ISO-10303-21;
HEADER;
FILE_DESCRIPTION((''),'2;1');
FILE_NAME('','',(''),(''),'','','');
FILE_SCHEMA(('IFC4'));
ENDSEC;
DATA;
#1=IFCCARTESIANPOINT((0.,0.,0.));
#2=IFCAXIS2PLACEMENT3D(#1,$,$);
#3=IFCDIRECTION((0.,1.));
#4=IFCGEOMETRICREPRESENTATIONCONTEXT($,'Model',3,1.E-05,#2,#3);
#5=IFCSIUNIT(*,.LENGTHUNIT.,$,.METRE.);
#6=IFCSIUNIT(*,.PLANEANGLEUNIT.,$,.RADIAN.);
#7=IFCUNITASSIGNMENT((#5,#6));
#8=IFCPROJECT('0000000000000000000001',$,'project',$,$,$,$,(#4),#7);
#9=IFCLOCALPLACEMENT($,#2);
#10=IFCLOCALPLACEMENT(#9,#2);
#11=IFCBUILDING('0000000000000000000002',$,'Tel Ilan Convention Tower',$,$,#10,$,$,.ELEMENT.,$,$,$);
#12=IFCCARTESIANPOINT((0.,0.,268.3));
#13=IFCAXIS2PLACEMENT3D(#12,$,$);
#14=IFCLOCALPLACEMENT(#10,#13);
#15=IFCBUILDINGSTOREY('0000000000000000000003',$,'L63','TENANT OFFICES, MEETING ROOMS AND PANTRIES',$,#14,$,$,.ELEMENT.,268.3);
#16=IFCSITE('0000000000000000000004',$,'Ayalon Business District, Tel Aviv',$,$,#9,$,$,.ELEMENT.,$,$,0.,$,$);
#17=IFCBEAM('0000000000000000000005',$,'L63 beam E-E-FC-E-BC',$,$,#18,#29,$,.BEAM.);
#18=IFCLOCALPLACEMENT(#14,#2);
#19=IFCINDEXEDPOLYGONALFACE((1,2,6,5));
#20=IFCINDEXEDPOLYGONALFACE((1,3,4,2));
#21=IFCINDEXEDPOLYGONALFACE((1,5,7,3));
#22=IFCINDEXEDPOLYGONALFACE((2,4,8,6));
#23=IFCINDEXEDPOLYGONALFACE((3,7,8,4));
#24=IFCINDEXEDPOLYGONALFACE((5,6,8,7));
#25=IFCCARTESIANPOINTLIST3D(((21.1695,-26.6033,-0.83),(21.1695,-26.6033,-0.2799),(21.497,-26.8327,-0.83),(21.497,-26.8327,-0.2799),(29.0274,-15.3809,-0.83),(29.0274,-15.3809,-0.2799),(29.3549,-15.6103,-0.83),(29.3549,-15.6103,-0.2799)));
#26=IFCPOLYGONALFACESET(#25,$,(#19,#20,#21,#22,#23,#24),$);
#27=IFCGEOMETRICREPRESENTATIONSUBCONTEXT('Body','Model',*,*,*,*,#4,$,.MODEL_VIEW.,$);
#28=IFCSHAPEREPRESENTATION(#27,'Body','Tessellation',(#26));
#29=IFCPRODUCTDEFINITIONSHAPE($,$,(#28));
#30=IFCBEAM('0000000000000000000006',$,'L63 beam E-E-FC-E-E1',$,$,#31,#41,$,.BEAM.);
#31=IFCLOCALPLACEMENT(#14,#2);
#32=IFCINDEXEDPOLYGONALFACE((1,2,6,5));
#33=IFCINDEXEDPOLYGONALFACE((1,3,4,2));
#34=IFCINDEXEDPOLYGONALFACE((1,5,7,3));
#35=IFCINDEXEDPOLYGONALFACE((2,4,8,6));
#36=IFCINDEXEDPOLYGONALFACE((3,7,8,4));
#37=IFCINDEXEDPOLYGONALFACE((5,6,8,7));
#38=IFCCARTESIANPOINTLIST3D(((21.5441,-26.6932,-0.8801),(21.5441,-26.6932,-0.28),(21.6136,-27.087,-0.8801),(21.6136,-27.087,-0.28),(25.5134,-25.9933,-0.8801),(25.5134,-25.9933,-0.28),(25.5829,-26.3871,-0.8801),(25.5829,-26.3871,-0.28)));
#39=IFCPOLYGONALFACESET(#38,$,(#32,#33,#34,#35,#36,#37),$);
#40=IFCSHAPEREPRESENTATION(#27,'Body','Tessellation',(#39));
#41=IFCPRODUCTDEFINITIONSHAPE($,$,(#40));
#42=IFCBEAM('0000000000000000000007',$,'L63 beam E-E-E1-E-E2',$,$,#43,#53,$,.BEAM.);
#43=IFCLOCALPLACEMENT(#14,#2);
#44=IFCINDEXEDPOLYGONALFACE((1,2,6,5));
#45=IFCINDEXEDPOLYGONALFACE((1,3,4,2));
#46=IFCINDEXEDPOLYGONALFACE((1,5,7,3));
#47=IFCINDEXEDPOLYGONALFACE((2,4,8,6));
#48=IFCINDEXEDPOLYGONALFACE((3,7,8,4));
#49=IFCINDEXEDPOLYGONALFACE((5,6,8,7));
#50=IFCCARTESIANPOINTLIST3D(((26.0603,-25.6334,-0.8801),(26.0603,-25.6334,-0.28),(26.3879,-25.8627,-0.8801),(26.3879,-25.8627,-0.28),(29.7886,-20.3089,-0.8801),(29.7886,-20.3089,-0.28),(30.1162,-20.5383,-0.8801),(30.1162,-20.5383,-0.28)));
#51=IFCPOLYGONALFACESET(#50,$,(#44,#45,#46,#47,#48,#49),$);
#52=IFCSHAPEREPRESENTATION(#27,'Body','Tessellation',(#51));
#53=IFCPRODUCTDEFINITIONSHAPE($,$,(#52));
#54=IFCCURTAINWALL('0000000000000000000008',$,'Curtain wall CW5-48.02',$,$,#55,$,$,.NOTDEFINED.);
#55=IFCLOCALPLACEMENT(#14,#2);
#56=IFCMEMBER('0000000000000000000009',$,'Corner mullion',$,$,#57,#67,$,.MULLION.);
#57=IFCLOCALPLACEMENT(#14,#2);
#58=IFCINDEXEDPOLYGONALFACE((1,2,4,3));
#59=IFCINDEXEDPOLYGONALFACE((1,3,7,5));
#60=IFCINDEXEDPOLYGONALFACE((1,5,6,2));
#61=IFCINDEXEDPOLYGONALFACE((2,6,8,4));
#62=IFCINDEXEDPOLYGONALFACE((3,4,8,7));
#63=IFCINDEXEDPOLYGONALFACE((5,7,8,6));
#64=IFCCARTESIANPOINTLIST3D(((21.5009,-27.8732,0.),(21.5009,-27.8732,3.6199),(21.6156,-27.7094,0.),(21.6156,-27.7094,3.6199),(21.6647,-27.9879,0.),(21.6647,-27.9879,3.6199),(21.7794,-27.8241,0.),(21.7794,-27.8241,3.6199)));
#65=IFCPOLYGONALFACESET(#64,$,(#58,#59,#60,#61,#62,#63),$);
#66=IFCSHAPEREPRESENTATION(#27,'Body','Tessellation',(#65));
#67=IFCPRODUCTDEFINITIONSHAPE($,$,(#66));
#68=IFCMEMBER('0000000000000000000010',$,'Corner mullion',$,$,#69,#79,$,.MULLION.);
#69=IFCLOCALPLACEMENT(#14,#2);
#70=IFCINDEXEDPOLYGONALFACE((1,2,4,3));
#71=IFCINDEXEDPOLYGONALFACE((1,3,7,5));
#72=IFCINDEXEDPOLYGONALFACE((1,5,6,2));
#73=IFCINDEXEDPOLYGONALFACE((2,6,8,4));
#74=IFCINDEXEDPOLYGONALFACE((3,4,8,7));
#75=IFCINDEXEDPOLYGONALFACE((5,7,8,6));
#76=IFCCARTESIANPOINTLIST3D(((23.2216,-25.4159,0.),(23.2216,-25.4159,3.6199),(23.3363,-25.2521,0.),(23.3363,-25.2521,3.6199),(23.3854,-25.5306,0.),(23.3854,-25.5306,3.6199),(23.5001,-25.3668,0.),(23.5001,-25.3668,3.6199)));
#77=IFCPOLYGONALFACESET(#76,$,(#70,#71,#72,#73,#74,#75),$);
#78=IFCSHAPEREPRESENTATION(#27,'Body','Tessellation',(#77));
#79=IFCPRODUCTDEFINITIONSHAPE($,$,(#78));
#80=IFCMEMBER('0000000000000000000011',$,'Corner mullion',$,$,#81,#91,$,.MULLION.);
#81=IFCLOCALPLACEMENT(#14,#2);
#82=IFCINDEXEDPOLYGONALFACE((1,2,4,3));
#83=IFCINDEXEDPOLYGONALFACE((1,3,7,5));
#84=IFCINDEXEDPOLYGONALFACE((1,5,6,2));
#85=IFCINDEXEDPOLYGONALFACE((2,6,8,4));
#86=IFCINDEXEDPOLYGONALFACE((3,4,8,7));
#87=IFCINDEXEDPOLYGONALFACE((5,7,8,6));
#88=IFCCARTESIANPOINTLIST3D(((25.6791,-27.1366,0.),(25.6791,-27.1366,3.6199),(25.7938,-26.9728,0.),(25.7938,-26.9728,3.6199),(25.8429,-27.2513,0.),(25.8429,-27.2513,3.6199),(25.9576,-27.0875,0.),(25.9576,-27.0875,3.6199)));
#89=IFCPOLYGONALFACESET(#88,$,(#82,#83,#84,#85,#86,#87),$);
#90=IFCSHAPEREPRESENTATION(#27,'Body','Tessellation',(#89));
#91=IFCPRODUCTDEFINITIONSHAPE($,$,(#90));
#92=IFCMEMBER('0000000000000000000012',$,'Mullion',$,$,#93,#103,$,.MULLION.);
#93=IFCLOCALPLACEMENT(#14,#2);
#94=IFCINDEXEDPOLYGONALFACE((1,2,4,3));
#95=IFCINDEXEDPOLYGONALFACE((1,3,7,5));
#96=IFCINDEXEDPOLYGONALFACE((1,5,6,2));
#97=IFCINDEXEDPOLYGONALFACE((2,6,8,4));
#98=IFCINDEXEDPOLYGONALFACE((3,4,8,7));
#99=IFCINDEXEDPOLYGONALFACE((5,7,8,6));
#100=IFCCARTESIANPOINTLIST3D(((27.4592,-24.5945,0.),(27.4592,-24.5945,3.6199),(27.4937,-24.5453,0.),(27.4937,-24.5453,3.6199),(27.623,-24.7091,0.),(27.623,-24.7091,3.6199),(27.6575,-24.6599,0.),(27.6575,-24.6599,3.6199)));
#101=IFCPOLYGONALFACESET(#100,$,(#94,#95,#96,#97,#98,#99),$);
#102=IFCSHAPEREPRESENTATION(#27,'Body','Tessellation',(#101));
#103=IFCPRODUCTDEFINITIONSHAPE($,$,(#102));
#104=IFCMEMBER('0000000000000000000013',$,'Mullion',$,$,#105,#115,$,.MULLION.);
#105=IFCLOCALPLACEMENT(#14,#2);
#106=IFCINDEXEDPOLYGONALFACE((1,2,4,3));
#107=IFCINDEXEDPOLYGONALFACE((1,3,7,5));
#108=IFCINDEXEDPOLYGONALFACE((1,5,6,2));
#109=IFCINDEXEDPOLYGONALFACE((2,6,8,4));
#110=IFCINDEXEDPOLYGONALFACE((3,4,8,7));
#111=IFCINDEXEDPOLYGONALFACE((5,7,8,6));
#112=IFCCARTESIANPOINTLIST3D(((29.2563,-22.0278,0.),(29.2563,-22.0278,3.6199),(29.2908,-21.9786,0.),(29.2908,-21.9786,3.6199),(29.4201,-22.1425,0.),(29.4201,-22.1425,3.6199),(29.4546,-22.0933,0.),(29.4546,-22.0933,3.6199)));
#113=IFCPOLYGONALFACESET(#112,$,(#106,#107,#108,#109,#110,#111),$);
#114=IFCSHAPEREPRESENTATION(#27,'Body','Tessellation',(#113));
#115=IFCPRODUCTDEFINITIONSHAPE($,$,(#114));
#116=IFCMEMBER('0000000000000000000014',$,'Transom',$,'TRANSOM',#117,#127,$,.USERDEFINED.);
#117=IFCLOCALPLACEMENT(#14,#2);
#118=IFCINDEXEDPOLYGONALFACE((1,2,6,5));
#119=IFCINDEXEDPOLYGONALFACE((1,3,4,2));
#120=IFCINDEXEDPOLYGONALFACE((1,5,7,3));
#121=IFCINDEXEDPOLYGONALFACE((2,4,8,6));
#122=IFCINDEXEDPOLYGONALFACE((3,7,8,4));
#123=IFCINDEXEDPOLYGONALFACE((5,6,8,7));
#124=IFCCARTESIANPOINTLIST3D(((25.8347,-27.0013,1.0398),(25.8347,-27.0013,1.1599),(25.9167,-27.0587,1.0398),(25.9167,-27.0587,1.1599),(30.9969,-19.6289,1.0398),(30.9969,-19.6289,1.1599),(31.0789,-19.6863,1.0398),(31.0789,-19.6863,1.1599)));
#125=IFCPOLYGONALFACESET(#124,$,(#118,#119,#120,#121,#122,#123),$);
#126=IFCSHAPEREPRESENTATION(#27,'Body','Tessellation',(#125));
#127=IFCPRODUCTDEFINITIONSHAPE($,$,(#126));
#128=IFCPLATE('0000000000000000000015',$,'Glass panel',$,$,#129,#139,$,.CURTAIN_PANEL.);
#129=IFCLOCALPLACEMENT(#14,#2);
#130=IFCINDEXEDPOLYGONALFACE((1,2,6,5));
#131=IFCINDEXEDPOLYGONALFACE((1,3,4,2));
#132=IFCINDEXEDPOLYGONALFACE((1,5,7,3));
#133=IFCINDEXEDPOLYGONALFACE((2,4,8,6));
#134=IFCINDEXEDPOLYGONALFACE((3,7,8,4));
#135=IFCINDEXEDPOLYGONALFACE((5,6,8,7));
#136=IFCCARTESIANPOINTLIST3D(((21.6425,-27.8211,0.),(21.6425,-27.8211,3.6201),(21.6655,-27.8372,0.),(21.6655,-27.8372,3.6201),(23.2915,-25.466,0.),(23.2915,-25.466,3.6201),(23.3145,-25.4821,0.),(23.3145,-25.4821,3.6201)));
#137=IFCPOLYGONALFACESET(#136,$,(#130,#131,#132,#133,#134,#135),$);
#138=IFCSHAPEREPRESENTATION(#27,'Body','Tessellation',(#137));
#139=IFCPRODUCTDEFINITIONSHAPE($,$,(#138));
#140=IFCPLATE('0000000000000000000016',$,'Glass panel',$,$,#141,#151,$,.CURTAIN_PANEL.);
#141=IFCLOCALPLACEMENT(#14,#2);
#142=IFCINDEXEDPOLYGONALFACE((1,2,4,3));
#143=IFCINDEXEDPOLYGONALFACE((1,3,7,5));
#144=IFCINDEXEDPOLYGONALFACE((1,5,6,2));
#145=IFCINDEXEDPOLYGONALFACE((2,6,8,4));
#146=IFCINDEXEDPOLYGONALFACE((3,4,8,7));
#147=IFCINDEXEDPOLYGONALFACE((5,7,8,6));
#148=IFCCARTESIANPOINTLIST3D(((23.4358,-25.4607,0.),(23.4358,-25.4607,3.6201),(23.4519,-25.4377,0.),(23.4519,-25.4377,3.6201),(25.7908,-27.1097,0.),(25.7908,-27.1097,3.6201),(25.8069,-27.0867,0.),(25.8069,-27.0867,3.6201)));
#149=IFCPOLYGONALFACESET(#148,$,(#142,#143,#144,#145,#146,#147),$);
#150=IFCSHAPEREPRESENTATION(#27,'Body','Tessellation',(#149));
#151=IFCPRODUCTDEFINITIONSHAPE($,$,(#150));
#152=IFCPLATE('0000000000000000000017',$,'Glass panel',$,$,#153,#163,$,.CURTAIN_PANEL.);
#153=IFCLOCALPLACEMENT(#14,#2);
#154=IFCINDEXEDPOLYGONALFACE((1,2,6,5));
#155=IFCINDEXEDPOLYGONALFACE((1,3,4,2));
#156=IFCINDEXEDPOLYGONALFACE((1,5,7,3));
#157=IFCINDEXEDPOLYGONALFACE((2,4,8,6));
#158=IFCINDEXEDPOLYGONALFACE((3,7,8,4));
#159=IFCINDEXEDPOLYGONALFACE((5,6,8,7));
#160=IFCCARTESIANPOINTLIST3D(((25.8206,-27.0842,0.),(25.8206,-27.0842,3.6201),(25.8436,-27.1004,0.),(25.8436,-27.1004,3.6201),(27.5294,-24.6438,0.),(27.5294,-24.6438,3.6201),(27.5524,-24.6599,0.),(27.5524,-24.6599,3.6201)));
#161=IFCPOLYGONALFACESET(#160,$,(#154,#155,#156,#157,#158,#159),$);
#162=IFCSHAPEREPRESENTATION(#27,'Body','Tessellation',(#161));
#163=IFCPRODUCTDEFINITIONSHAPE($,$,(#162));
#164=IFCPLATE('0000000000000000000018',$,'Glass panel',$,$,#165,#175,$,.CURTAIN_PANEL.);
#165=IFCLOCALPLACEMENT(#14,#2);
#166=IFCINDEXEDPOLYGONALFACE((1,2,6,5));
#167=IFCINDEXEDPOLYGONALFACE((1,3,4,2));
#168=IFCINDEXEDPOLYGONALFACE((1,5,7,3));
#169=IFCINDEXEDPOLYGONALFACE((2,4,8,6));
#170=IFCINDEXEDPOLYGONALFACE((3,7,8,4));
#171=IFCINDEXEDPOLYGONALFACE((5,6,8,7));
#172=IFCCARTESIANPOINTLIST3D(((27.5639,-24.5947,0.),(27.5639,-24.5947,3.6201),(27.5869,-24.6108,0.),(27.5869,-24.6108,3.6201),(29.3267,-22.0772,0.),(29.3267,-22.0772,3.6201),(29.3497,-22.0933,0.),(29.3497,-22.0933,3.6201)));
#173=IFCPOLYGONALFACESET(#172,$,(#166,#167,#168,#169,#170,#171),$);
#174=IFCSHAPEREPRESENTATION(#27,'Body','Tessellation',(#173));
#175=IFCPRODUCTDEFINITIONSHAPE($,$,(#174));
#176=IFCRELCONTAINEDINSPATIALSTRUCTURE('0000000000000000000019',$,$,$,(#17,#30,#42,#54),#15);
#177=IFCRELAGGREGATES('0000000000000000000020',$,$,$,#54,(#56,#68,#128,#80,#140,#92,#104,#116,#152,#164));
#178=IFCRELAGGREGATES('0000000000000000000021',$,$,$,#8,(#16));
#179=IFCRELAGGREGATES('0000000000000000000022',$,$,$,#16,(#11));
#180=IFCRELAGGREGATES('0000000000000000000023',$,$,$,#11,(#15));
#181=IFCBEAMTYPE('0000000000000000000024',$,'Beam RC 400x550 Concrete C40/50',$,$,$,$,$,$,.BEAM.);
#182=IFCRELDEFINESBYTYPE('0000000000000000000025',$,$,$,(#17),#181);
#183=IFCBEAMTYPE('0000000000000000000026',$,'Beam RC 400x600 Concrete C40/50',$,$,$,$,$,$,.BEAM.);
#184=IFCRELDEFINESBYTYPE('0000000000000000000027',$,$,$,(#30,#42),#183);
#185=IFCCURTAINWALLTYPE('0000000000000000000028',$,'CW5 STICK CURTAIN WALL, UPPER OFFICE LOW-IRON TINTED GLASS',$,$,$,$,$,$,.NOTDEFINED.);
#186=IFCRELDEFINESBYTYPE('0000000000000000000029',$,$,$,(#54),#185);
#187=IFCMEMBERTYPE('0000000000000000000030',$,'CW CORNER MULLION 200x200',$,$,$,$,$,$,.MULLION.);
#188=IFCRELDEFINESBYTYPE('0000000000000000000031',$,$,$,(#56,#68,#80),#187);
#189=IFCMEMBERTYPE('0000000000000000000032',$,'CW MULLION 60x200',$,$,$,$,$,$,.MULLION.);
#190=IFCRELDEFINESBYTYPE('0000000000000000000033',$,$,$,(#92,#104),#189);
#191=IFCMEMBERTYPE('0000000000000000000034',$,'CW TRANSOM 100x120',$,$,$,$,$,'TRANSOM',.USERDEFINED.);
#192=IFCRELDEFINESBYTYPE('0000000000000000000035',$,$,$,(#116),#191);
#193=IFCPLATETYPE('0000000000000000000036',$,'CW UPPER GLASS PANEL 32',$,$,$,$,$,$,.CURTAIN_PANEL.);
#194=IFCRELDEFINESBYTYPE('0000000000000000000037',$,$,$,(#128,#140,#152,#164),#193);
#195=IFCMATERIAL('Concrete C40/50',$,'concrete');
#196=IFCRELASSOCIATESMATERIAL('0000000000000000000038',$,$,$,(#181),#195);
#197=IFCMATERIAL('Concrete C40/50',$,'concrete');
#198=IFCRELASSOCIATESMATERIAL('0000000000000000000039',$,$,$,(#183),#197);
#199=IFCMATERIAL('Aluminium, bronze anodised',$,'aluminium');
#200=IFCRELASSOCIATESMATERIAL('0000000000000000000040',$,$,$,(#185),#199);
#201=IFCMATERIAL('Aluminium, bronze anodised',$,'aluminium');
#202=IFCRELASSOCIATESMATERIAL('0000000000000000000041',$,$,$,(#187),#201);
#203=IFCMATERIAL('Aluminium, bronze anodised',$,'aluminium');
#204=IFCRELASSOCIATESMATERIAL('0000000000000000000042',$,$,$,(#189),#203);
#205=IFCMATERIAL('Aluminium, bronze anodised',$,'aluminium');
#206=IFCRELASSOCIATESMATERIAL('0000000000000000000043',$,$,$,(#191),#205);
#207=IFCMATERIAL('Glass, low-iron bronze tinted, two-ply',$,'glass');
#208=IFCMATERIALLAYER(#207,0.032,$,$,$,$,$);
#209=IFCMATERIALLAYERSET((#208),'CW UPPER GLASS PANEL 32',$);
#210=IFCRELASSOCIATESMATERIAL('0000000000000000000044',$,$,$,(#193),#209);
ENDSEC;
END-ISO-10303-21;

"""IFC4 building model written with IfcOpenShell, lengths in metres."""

from ifc_helpers import new_model, si_unit, direction, frame, origin, origin_2d, place, context, subcontext, project, spatial, rectangle, extrude, material, layer, layer_set, material_profile, profile_set, type_object, element, aggregate, save


model = new_model("IFC4")

# Units and contexts
model_context = context("Model", 3, precision=1e-05, world=origin(), true_north=direction((0.0, 1.0)))
body_context = subcontext(model_context, "Body", "Model", "MODEL_VIEW")
ifc_project = project(units=[si_unit("LENGTHUNIT", "METRE"), si_unit("PLANEANGLEUNIT", "RADIAN")], contexts=[model_context])

# Site, building, storey
site_placement = place(None, origin())
site = spatial("IfcSite", under=ifc_project, at=site_placement, Name="Ayalon Business District, Tel Aviv", CompositionType="ELEMENT", RefElevation=0.0)
building_placement = place(site_placement, origin())
building = spatial("IfcBuilding", under=site, at=building_placement, Name="Tel Ilan Convention Tower", CompositionType="ELEMENT")
storey_placement = place(building_placement, frame((0.0, 0.0, 268.3)))
storey = spatial("IfcBuildingStorey", under=building, at=storey_placement, Name="L63", Description="TENANT OFFICES, MEETING ROOMS AND PANTRIES", CompositionType="ELEMENT", Elevation=268.3)

# Beams
ifc_material_1 = material(Name="Concrete C40/50", Category="concrete")
ifc_material_profile_1 = material_profile(ifc_material_1, rectangle(XDim=0.3999, YDim=0.55, at=origin_2d()), Name="RC 400x550")
ifc_profile_set_1 = profile_set([ifc_material_profile_1], Name="Concrete C40/50")
beam_type_1 = type_object("IfcBeamType", Name="Beam RC 400x550 Concrete C40/50", PredefinedType="BEAM", material=ifc_profile_set_1)
beam_1_placement = place(storey_placement, frame((21.3333, -26.718, -0.5549), z_axis=(0.573571, 0.819156, 0.0), x_axis=(-0.819156, 0.573571, 0.0)))
element("IfcBeam", 1, at=beam_1_placement, inside=storey, type_object=beam_type_1, Name="L63 beam E-E-FC-E-BC", PredefinedType="BEAM", context=body_context, shape_type="SweptSolid", body=[
    extrude(rectangle(XDim=0.3999, YDim=0.55, at=origin_2d()), origin(), (0.0, 0.0, 1.0), 13.7),
])
ifc_material_2 = material(Name="Concrete C40/50", Category="concrete")
ifc_material_profile_2 = material_profile(ifc_material_2, rectangle(XDim=0.3999, YDim=0.6001, at=origin_2d()), Name="RC 400x600")
ifc_profile_set_2 = profile_set([ifc_material_profile_2], Name="Concrete C40/50")
beam_type_2 = type_object("IfcBeamType", Name="Beam RC 400x600 Concrete C40/50", PredefinedType="BEAM", material=ifc_profile_set_2)
beam_2_placement = place(storey_placement, frame((21.5789, -26.8901, -0.5801), z_axis=(0.984805, 0.173664, 0.0), x_axis=(-0.173664, 0.984805, 0.0)))
element("IfcBeam", 2, at=beam_2_placement, inside=storey, type_object=beam_type_2, Name="L63 beam E-E-FC-E-E1", PredefinedType="BEAM", context=body_context, shape_type="SweptSolid", body=[
    extrude(rectangle(XDim=0.3999, YDim=0.6001, at=origin_2d()), origin(), (0.0, 0.0, 1.0), 4.0305),
])
beam_3_placement = place(storey_placement, frame((26.2241, -25.748, -0.5801), z_axis=(0.573581, 0.819149, 0.0), x_axis=(-0.819149, 0.573581, 0.0)))
element("IfcBeam", 3, at=beam_3_placement, inside=storey, type_object=beam_type_2, Name="L63 beam E-E-E1-E-E2", PredefinedType="BEAM", context=body_context, shape_type="SweptSolid", body=[
    extrude(rectangle(XDim=0.3999, YDim=0.6001, at=origin_2d()), origin(), (0.0, 0.0, 1.0), 6.5),
])

# Curtain wall, members, plates
ifc_material_3 = material(Name="Aluminium, bronze anodised", Category="aluminium")
curtain_wall_type = type_object("IfcCurtainWallType", Name="CW5 STICK CURTAIN WALL, UPPER OFFICE LOW-IRON TINTED GLASS", PredefinedType="NOTDEFINED", material=ifc_material_3)
curtain_wall_placement = place(storey_placement, origin())
curtain_wall = element("IfcCurtainWall", 4, at=curtain_wall_placement, inside=storey, type_object=curtain_wall_type, Name="Curtain wall CW5-48.02", PredefinedType="NOTDEFINED")
ifc_material_4 = material(Name="Aluminium, bronze anodised", Category="aluminium")
ifc_material_profile_3 = material_profile(ifc_material_4, rectangle(XDim=0.2, YDim=0.2, at=origin_2d()), Name="CW CORNER MULLION 200x200")
ifc_profile_set_3 = profile_set([ifc_material_profile_3], Name="Aluminium, bronze anodised")
member_type_1 = type_object("IfcMemberType", Name="CW CORNER MULLION 200x200", PredefinedType="MULLION", material=ifc_profile_set_3)
member_1_placement = place(storey_placement, frame((21.6401, -27.8486, 0.0), z_axis=(0.0, 0.0, 1.0), x_axis=(0.819152, -0.573576, 0.0)))
member_1 = element("IfcMember", 5, at=member_1_placement, type_object=member_type_1, Name="Corner mullion", PredefinedType="MULLION", context=body_context, shape_type="SweptSolid", body=[
    extrude(rectangle(XDim=0.2, YDim=0.2, at=origin_2d()), origin(), (0.0, 0.0, 1.0), 3.6199),
])
member_2_placement = place(storey_placement, frame((23.3608, -25.3914, 0.0), z_axis=(0.0, 0.0, 1.0), x_axis=(0.573576, 0.819152, 0.0)))
member_2 = element("IfcMember", 6, at=member_2_placement, type_object=member_type_1, Name="Corner mullion", PredefinedType="MULLION", context=body_context, shape_type="SweptSolid", body=[
    extrude(rectangle(XDim=0.2, YDim=0.2, at=origin_2d()), origin(), (0.0, 0.0, 1.0), 3.6199),
])
member_3_placement = place(storey_placement, frame((25.8184, -27.1121, 0.0), z_axis=(0.0, 0.0, 1.0), x_axis=(0.819152, -0.573576, 0.0)))
member_3 = element("IfcMember", 7, at=member_3_placement, type_object=member_type_1, Name="Corner mullion", PredefinedType="MULLION", context=body_context, shape_type="SweptSolid", body=[
    extrude(rectangle(XDim=0.2, YDim=0.2, at=origin_2d()), origin(), (0.0, 0.0, 1.0), 3.6199),
])
ifc_material_5 = material(Name="Aluminium, bronze anodised", Category="aluminium")
ifc_material_profile_4 = material_profile(ifc_material_5, rectangle(XDim=0.0601, YDim=0.2, at=origin_2d()), Name="CW MULLION 60x200")
ifc_profile_set_4 = profile_set([ifc_material_profile_4], Name="Aluminium, bronze anodised")
member_type_2 = type_object("IfcMemberType", Name="CW MULLION 60x200", PredefinedType="MULLION", material=ifc_profile_set_4)
member_4_placement = place(storey_placement, frame((27.5583, -24.6272, 0.0), z_axis=(0.0, 0.0, 1.0), x_axis=(0.573576, 0.819152, 0.0)))
member_4 = element("IfcMember", 8, at=member_4_placement, type_object=member_type_2, Name="Mullion", PredefinedType="MULLION", context=body_context, shape_type="SweptSolid", body=[
    extrude(rectangle(XDim=0.0601, YDim=0.2, at=origin_2d()), origin(), (0.0, 0.0, 1.0), 3.6199),
])
member_5_placement = place(storey_placement, frame((29.3555, -22.0605, 0.0), z_axis=(0.0, 0.0, 1.0), x_axis=(0.573576, 0.819152, 0.0)))
member_5 = element("IfcMember", 9, at=member_5_placement, type_object=member_type_2, Name="Mullion", PredefinedType="MULLION", context=body_context, shape_type="SweptSolid", body=[
    extrude(rectangle(XDim=0.0601, YDim=0.2, at=origin_2d()), origin(), (0.0, 0.0, 1.0), 3.6199),
])
ifc_material_6 = material(Name="Aluminium, bronze anodised", Category="aluminium")
ifc_material_profile_5 = material_profile(ifc_material_6, rectangle(XDim=0.1001, YDim=0.1201, at=origin_2d()), Name="CW TRANSOM 100x120")
ifc_profile_set_5 = profile_set([ifc_material_profile_5], Name="Aluminium, bronze anodised")
member_type_3 = type_object("IfcMemberType", Name="CW TRANSOM 100x120", ElementType="TRANSOM", PredefinedType="USERDEFINED", material=ifc_profile_set_5)
member_6_placement = place(storey_placement, frame((25.8757, -27.03, 1.0999), z_axis=(0.573573, 0.819154, 0.0), x_axis=(-0.819154, 0.573573, 0.0)))
member_6 = element("IfcMember", 10, at=member_6_placement, type_object=member_type_3, Name="Transom", ObjectType="TRANSOM", PredefinedType="USERDEFINED", context=body_context, shape_type="SweptSolid", body=[
    extrude(rectangle(XDim=0.1001, YDim=0.1201, at=origin_2d()), origin(), (0.0, 0.0, 1.0), 9.0),
])
ifc_material_7 = material(Name="Glass, low-iron bronze tinted, two-ply", Category="glass")
ifc_layer_1 = layer(ifc_material_7, 0.032)
ifc_layer_set_1 = layer_set([ifc_layer_1], Name="CW UPPER GLASS PANEL 32")
plate_type = type_object("IfcPlateType", Name="CW UPPER GLASS PANEL 32", PredefinedType="CURTAIN_PANEL", material=ifc_layer_set_1)
plate_1_placement = place(storey_placement, frame((22.4785, -26.6516, 0.0), z_axis=(0.0, 0.0, 1.0), x_axis=(0.573576, 0.819152, 0.0)))
plate_1 = element("IfcPlate", 11, at=plate_1_placement, type_object=plate_type, Name="Glass panel", PredefinedType="CURTAIN_PANEL", context=body_context, shape_type="SweptSolid", body=[
    extrude(rectangle(XDim=2.875, YDim=0.0281, at=origin_2d()), origin(), (0.0, 0.0, 1.0), 3.6201),
])
plate_2_placement = place(storey_placement, frame((24.6213, -26.2737, 0.0), z_axis=(0.0, 0.0, 1.0), x_axis=(0.819152, -0.573576, 0.0)))
plate_2 = element("IfcPlate", 12, at=plate_2_placement, type_object=plate_type, Name="Glass panel", PredefinedType="CURTAIN_PANEL", context=body_context, shape_type="SweptSolid", body=[
    extrude(rectangle(XDim=2.875, YDim=0.0281, at=origin_2d()), origin(), (0.0, 0.0, 1.0), 3.6201),
])
plate_3_placement = place(storey_placement, frame((26.6865, -25.8721, 0.0), z_axis=(0.0, 0.0, 1.0), x_axis=(0.573576, 0.819152, 0.0)))
plate_3 = element("IfcPlate", 13, at=plate_3_placement, type_object=plate_type, Name="Glass panel", PredefinedType="CURTAIN_PANEL", context=body_context, shape_type="SweptSolid", body=[
    extrude(rectangle(XDim=2.9792, YDim=0.0281, at=origin_2d()), origin(), (0.0, 0.0, 1.0), 3.6201),
])
plate_4_placement = place(storey_placement, frame((28.4568, -23.344, 0.0), z_axis=(0.0, 0.0, 1.0), x_axis=(0.573576, 0.819152, 0.0)))
plate_4 = element("IfcPlate", 14, at=plate_4_placement, type_object=plate_type, Name="Glass panel", PredefinedType="CURTAIN_PANEL", context=body_context, shape_type="SweptSolid", body=[
    extrude(rectangle(XDim=3.0732, YDim=0.0281, at=origin_2d()), origin(), (0.0, 0.0, 1.0), 3.6201),
])
aggregate(curtain_wall, [member_1, member_2, plate_1, member_3, plate_2, member_4, member_5, member_6, plate_3, plate_4])

save(model, "model.ifc")
